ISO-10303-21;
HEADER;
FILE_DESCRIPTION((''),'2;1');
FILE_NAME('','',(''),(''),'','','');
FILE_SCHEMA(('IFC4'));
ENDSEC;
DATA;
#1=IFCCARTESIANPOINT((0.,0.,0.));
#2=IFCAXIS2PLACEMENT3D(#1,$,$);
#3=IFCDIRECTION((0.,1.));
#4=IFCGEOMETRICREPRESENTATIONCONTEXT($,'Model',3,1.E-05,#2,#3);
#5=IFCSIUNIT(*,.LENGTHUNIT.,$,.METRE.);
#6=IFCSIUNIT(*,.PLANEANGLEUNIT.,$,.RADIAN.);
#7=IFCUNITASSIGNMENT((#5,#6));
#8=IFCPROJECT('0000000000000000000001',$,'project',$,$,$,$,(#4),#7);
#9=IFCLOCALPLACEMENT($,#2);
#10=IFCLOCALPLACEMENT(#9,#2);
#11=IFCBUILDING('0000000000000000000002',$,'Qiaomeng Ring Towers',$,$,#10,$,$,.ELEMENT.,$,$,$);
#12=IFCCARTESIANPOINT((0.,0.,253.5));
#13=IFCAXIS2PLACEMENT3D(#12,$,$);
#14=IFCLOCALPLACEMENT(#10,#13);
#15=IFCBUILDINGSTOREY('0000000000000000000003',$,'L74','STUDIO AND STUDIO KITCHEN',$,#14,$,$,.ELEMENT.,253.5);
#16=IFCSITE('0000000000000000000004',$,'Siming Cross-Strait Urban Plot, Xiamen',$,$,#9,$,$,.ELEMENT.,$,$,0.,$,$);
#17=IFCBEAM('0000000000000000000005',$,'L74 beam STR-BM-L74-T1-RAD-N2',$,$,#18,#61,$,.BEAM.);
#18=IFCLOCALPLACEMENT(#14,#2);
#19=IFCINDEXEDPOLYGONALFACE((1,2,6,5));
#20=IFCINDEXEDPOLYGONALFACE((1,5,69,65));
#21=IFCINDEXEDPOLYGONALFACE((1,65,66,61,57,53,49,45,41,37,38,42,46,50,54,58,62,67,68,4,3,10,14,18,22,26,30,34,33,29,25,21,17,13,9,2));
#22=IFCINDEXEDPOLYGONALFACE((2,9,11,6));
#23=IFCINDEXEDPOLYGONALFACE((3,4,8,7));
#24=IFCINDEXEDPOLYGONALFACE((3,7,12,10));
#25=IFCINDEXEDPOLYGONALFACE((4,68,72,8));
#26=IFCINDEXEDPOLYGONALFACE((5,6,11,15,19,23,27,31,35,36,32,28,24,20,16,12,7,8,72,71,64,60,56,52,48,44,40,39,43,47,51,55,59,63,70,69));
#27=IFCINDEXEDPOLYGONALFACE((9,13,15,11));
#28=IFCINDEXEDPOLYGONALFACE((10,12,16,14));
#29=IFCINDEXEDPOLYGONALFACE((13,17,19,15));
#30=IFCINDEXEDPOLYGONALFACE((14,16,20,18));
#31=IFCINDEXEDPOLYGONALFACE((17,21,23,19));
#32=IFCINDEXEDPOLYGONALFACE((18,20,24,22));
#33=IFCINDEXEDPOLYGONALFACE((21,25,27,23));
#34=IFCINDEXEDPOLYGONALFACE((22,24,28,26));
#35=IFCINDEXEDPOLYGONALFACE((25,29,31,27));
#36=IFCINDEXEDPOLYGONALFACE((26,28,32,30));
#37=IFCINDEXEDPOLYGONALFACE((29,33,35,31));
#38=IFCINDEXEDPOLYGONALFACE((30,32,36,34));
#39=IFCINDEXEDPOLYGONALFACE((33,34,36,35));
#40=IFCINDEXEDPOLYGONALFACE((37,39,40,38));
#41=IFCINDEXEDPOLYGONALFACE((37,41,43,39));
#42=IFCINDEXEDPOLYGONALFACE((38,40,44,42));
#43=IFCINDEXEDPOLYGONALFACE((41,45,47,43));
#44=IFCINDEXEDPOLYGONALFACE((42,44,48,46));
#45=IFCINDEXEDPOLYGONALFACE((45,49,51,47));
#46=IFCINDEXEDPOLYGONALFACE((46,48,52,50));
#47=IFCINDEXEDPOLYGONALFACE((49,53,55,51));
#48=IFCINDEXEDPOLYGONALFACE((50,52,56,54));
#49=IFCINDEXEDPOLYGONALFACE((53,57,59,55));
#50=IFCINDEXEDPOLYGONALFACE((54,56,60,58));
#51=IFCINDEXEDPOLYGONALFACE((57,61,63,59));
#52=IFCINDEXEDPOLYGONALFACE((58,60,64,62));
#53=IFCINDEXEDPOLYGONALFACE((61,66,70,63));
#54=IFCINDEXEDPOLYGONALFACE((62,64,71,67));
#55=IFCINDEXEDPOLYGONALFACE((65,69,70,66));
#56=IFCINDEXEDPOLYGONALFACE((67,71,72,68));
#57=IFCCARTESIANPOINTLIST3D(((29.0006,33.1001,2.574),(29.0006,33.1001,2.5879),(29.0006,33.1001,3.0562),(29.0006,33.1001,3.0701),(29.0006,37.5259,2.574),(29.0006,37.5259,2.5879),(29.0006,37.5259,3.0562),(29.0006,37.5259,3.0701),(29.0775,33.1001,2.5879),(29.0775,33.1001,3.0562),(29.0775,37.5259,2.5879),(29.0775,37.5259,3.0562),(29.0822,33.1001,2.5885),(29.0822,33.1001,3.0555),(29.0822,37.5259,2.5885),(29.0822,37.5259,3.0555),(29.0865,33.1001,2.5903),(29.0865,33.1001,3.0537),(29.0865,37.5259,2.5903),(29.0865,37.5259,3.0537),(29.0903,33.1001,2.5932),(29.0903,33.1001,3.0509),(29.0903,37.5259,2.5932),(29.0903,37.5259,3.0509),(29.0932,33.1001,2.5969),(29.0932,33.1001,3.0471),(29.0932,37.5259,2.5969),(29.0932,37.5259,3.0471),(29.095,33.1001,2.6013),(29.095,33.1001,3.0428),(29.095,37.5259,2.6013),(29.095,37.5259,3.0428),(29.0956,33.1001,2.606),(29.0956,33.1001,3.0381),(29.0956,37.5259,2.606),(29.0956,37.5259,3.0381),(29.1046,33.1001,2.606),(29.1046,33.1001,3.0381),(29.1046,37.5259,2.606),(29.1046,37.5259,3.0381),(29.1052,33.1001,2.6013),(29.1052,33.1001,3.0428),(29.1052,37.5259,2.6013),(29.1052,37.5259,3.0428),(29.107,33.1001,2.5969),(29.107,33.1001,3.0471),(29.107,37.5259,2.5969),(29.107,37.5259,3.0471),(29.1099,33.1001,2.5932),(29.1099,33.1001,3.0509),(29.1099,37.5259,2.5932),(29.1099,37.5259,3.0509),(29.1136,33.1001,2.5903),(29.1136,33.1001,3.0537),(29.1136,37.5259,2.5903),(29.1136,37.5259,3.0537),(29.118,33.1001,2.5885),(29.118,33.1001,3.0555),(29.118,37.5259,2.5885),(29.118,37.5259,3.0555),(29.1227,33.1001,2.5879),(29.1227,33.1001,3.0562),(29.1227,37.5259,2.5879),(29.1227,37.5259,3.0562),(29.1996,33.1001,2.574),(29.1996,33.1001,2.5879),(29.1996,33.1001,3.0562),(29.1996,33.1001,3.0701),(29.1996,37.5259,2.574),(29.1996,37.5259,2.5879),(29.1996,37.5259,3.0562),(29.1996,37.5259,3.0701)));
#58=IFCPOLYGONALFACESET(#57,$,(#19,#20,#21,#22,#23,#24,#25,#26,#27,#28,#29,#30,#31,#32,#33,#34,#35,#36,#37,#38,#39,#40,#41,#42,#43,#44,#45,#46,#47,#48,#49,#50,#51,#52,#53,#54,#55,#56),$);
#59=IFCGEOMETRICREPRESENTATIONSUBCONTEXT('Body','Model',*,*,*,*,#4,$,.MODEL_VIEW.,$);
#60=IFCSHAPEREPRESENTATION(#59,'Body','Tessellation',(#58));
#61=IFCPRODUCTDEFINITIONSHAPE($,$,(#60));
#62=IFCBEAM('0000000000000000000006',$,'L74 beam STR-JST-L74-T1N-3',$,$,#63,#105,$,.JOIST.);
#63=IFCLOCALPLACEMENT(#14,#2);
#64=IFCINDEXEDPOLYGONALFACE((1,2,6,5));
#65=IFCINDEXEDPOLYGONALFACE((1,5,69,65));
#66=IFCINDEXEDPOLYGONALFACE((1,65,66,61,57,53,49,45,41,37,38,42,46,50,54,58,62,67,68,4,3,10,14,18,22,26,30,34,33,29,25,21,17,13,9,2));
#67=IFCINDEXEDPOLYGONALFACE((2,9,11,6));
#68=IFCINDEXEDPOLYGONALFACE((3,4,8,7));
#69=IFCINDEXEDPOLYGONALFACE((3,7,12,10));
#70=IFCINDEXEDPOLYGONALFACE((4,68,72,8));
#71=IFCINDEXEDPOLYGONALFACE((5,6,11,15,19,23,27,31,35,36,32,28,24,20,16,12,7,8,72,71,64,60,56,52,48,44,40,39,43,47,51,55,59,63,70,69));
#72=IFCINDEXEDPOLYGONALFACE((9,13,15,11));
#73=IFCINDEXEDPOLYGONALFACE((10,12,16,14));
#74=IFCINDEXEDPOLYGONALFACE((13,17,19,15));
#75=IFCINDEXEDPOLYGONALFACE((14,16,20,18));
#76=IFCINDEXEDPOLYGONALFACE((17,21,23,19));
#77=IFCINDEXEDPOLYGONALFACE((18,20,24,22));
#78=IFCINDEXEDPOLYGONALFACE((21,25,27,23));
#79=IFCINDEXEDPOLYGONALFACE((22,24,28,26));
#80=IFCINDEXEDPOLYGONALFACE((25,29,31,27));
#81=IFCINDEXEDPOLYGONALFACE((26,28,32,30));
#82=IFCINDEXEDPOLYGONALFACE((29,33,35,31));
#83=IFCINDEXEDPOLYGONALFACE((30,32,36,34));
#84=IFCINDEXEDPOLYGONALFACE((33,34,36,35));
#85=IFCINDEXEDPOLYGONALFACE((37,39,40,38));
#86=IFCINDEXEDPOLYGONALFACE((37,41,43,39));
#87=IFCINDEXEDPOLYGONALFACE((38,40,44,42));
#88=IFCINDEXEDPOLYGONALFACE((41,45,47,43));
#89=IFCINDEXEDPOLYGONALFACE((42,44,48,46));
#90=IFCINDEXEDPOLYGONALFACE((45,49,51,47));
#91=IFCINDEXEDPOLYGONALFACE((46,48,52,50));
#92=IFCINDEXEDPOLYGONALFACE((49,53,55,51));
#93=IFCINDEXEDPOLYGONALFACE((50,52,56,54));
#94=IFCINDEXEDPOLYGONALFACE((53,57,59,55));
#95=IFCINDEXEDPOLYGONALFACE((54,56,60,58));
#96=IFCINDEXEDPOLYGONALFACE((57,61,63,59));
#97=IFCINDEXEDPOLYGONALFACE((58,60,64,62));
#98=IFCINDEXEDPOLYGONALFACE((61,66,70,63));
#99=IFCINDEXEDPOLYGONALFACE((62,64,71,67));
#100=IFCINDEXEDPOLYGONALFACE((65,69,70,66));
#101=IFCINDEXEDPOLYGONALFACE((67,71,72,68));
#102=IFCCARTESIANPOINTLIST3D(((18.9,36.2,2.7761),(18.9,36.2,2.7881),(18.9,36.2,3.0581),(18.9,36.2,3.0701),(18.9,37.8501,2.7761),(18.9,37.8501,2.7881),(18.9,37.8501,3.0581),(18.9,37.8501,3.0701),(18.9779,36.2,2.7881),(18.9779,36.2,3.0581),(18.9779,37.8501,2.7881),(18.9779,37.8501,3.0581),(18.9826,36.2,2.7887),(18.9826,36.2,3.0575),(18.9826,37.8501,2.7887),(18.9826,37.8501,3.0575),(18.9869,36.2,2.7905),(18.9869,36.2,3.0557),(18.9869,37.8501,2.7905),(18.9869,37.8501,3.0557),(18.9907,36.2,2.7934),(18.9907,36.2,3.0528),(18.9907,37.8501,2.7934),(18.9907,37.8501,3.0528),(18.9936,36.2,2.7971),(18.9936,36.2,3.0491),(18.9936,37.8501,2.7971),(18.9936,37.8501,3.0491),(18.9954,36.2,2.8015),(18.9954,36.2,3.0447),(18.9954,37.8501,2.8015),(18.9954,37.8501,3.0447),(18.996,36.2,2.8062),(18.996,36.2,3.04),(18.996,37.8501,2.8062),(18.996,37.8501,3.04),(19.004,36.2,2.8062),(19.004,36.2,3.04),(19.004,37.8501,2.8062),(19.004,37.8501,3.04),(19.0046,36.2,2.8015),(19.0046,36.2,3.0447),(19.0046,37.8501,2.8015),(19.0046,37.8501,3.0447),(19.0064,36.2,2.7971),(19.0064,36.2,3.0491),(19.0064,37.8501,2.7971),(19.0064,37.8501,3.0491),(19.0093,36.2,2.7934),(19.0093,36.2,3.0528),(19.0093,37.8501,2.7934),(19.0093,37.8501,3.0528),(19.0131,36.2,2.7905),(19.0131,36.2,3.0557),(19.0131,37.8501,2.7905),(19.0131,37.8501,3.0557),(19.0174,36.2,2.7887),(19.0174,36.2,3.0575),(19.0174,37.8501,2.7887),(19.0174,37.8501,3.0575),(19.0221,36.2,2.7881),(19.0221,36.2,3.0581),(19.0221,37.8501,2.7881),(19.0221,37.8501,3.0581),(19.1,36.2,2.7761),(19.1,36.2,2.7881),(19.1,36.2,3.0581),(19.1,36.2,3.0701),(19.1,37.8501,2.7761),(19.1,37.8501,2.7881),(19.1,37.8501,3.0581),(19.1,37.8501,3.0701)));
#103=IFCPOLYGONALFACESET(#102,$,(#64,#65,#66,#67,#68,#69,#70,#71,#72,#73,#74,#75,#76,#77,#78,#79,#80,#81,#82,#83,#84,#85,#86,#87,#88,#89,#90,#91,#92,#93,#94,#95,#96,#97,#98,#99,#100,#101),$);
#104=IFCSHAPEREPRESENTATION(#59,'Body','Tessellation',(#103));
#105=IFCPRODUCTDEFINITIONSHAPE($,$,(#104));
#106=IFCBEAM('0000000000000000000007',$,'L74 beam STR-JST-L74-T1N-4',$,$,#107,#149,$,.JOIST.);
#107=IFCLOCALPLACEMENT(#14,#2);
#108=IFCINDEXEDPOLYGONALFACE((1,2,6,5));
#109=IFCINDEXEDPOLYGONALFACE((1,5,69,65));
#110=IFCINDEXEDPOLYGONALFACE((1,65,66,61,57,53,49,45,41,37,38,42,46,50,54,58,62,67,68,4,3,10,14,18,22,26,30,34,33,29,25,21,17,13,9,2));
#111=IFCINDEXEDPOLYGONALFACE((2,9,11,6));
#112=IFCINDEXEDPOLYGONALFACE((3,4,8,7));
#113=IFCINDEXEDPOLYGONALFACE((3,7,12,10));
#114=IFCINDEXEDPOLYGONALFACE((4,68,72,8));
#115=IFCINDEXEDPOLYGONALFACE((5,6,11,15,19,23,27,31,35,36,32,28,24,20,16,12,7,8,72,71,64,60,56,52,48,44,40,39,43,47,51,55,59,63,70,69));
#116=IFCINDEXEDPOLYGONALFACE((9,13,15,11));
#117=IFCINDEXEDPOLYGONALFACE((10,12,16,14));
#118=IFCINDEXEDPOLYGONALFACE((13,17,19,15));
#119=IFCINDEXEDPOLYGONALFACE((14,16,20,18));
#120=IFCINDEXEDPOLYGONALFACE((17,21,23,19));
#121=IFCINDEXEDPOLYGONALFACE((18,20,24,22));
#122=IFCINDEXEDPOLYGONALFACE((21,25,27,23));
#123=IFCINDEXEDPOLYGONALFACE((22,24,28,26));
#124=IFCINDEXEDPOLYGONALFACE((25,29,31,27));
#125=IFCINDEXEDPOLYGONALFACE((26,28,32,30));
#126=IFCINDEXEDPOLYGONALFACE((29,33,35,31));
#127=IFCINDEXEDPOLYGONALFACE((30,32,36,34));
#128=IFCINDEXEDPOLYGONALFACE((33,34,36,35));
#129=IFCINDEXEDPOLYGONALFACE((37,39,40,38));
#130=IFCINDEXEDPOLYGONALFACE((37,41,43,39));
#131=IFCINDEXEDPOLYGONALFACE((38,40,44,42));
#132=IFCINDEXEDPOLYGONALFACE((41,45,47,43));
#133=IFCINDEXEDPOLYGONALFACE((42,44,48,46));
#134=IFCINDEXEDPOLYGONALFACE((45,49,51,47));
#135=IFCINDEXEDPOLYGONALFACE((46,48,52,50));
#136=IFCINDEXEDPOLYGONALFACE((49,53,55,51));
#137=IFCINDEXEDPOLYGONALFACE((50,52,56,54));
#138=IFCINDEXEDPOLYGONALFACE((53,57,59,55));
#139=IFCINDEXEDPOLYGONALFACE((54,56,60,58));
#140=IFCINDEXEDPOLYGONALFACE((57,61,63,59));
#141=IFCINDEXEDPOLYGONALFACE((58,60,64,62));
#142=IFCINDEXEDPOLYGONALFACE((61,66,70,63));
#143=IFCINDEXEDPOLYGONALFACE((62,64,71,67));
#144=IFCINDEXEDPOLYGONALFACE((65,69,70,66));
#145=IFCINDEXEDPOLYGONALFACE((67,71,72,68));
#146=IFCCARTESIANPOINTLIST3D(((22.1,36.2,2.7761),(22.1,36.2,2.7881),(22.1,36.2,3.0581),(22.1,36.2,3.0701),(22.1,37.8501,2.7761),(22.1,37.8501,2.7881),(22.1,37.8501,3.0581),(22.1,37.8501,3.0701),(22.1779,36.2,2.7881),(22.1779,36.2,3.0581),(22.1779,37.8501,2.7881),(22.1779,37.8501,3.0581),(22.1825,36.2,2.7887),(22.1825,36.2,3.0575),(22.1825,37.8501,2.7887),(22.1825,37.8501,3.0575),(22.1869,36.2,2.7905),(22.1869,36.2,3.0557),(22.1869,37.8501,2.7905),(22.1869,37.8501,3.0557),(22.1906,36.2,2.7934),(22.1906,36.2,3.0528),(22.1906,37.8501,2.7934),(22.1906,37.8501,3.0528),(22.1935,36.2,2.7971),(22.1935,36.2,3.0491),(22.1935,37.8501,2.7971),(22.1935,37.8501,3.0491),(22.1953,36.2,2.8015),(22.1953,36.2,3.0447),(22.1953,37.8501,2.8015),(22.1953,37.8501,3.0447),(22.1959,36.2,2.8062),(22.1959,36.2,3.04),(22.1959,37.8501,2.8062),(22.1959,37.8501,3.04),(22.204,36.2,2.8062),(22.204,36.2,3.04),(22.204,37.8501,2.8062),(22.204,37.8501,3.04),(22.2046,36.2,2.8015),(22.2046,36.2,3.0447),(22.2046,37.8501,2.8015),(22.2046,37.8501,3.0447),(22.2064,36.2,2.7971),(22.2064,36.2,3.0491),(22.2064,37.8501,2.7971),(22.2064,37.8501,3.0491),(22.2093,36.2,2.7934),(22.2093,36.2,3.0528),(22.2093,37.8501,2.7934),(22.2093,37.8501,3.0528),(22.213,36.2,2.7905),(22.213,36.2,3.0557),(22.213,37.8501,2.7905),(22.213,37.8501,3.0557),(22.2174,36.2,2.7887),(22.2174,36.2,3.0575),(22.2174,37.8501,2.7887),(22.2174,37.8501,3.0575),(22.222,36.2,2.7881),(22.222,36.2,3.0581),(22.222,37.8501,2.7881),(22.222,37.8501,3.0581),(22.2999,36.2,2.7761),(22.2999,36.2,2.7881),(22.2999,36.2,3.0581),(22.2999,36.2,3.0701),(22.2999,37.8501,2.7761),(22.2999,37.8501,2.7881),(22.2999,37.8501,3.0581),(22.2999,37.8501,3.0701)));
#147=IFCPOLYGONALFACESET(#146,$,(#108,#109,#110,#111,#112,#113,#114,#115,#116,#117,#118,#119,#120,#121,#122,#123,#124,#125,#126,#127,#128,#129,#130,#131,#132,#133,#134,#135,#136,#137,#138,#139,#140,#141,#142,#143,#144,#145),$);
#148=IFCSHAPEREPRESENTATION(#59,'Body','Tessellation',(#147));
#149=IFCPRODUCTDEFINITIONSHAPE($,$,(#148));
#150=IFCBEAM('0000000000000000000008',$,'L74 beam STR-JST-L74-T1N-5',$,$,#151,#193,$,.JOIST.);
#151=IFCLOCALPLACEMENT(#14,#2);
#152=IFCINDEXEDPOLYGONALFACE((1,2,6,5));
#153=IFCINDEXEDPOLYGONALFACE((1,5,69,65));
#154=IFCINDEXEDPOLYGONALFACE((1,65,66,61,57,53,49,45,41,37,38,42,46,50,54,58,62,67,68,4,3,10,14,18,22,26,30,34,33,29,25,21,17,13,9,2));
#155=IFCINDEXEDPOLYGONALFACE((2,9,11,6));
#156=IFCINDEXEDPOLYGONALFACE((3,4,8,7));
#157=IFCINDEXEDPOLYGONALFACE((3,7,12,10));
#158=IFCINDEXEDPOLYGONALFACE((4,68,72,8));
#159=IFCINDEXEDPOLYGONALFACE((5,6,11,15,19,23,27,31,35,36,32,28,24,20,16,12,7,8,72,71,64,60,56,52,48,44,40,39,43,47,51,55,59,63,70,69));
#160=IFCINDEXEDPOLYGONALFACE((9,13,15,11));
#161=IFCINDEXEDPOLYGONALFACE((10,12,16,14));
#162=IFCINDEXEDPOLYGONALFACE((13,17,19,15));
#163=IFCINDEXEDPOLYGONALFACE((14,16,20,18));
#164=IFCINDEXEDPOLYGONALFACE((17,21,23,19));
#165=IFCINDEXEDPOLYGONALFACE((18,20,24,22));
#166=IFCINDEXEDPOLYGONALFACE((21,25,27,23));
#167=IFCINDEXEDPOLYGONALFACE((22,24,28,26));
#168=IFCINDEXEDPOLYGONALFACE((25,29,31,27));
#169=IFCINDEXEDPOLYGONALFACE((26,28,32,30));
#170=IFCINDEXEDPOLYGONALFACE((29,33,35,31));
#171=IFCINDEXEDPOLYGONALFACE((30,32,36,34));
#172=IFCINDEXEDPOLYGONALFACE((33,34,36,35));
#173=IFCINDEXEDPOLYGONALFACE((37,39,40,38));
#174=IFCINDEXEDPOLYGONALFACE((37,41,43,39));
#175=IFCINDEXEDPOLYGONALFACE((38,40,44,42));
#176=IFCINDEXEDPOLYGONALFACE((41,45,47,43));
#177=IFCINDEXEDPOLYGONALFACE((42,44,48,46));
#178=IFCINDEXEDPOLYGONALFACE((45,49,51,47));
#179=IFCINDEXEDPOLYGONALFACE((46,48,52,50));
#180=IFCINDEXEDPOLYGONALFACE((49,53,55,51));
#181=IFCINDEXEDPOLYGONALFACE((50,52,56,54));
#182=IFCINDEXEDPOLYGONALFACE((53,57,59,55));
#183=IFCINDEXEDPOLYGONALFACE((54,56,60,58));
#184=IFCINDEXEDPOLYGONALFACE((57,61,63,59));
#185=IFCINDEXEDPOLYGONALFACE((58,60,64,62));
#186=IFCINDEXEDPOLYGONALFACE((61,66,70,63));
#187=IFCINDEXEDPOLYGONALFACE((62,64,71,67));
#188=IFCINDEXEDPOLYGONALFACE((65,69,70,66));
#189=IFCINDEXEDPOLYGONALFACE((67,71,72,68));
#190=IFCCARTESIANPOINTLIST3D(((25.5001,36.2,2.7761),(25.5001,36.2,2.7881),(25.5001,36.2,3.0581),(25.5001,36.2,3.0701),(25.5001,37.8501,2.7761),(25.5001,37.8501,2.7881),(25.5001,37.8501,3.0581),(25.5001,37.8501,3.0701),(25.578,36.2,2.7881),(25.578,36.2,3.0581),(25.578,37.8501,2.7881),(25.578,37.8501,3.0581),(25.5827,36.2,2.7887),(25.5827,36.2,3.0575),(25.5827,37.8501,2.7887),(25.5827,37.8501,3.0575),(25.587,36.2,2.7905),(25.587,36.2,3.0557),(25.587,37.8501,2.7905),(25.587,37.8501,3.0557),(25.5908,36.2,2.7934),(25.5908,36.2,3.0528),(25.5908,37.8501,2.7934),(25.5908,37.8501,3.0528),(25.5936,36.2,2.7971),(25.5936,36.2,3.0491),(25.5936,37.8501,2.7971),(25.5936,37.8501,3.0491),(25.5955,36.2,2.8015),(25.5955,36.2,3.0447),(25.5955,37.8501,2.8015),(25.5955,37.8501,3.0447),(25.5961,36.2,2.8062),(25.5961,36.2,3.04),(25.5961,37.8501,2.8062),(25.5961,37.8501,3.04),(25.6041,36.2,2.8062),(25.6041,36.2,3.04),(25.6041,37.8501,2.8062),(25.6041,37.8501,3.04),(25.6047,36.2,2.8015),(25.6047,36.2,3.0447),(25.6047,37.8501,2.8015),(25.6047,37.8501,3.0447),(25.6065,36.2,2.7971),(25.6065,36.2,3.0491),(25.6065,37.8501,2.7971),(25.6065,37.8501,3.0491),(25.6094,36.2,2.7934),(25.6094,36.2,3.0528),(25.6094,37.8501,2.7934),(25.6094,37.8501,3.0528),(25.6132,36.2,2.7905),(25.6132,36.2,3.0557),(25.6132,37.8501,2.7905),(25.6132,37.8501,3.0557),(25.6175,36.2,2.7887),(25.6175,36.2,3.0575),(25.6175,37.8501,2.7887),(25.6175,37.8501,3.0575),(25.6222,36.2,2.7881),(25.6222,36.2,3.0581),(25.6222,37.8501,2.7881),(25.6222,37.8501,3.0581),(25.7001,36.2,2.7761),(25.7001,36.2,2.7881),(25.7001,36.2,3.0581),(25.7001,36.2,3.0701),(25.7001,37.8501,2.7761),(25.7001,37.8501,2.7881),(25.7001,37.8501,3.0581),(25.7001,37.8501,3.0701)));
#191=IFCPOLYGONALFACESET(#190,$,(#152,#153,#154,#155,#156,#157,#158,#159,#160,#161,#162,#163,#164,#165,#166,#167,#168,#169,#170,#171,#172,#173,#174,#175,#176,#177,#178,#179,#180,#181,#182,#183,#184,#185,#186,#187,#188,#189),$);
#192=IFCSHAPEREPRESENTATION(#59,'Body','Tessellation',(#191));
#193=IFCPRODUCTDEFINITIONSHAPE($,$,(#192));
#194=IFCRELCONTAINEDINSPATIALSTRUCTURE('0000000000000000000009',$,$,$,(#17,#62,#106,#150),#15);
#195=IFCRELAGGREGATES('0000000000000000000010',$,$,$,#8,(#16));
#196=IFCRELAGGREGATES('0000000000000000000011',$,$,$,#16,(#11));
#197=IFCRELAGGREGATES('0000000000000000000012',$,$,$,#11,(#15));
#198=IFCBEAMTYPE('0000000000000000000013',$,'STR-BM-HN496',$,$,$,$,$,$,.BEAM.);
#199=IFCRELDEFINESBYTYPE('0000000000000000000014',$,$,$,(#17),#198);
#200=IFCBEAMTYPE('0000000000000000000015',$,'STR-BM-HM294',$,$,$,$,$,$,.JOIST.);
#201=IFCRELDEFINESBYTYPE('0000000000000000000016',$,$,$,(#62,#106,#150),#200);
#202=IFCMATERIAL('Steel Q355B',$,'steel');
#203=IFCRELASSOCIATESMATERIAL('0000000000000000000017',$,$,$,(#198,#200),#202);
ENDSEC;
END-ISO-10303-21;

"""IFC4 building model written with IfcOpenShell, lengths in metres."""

from ifc_helpers import new_model, si_unit, direction, frame, origin, origin_2d, place, context, subcontext, project, spatial, i_section, extrude, source, transform, mapped, material, material_profile, profile_set, type_object, element, save


model = new_model("IFC4")

# Units and contexts
model_context = context("Model", 3, precision=1e-05, world=origin(), true_north=direction((0.0, 1.0)))
body_context = subcontext(model_context, "Body", "Model", "MODEL_VIEW")
ifc_project = project(units=[si_unit("LENGTHUNIT", "METRE"), si_unit("PLANEANGLEUNIT", "RADIAN")], contexts=[model_context])

# Site, building, storey
site_placement = place(None, origin())
site = spatial("IfcSite", under=ifc_project, at=site_placement, Name="Siming Cross-Strait Urban Plot, Xiamen", CompositionType="ELEMENT", RefElevation=0.0)
building_placement = place(site_placement, origin())
building = spatial("IfcBuilding", under=site, at=building_placement, Name="Qiaomeng Ring Towers", CompositionType="ELEMENT")
storey_placement = place(building_placement, frame((0.0, 0.0, 253.5)))
storey = spatial("IfcBuildingStorey", under=building, at=storey_placement, Name="L74", Description="STUDIO AND STUDIO KITCHEN", CompositionType="ELEMENT", Elevation=253.5)

# Beams
ifc_material_1 = material(Name="Steel Q355B", Category="steel")
ifc_material_profile_1 = material_profile(ifc_material_1, i_section(OverallWidth=0.199, OverallDepth=0.4961, WebThickness=0.009, FlangeThickness=0.0139, FilletRadius=0.0181, at=origin_2d()), Name="HN 496x199x9x14")
ifc_profile_set_1 = profile_set([ifc_material_profile_1], Name="Steel Q355B")
beam_type_1 = type_object("IfcBeamType", Name="STR-BM-HN496", PredefinedType="BEAM", material=ifc_profile_set_1)
shared_shape_1 = source(origin(), body_context, "Body", "SweptSolid", [
    extrude(i_section(OverallWidth=0.199, OverallDepth=0.4961, WebThickness=0.009, FlangeThickness=0.0139, FilletRadius=0.0181, at=origin_2d()), origin(), (0.0, 0.0, 1.0), 4.4258),
])
beam_1_placement = place(storey_placement, frame((29.1001, 37.5259, 2.822), z_axis=(0.0, -1.0, 0.0), x_axis=(1.0, 0.0, 0.0)))
element("IfcBeam", 1, at=beam_1_placement, inside=storey, type_object=beam_type_1, Name="L74 beam STR-BM-L74-T1-RAD-N2", PredefinedType="BEAM", context=body_context, shape_type="MappedRepresentation", body=[
    mapped(shared_shape_1, transform((0.0, 0.0, 0.0), x_axis=(1.0, 0.0, 0.0), y_axis=(0.0, 1.0, 0.0), z_axis=(0.0, 0.0, 1.0), scale=1.0)),
])
ifc_material_profile_2 = material_profile(ifc_material_1, i_section(OverallWidth=0.2, OverallDepth=0.2939, WebThickness=0.0081, FlangeThickness=0.012, FilletRadius=0.0181, at=origin_2d()), Name="HM 294x200x8x12")
ifc_profile_set_2 = profile_set([ifc_material_profile_2], Name="Steel Q355B")
beam_type_2 = type_object("IfcBeamType", Name="STR-BM-HM294", PredefinedType="JOIST", material=ifc_profile_set_2)
shared_shape_2 = source(origin(), body_context, "Body", "SweptSolid", [
    extrude(i_section(OverallWidth=0.2, OverallDepth=0.2939, WebThickness=0.0081, FlangeThickness=0.012, FilletRadius=0.0181, at=origin_2d()), origin(), (0.0, 0.0, 1.0), 1.6501),
])
for number, where, z_axis, x_axis, name in (
    (2, (19.0, 36.2, 2.9231), (0.0, 1.0, 0.0), (-1.0, 0.0, 0.0), "L74 beam STR-JST-L74-T1N-3"),
    (3, (22.2, 36.2, 2.9231), (0.0, 1.0, 0.0), (-1.0, 0.0, 0.0), "L74 beam STR-JST-L74-T1N-4"),
    (4, (25.6001, 36.2, 2.9231), (0.0, 1.0, 0.0), (-1.0, 0.0, 0.0), "L74 beam STR-JST-L74-T1N-5"),
):
    element("IfcBeam", number, at=place(storey_placement, frame(where, z_axis=z_axis, x_axis=x_axis)), inside=storey, type_object=beam_type_2, Name=name, PredefinedType="JOIST", context=body_context, shape_type="MappedRepresentation", body=[
        mapped(shared_shape_2, transform((0.0, 0.0, 0.0), x_axis=(1.0, 0.0, 0.0), y_axis=(0.0, 1.0, 0.0), z_axis=(0.0, 0.0, 1.0), scale=1.0)),
    ])

save(model, "model.ifc")
